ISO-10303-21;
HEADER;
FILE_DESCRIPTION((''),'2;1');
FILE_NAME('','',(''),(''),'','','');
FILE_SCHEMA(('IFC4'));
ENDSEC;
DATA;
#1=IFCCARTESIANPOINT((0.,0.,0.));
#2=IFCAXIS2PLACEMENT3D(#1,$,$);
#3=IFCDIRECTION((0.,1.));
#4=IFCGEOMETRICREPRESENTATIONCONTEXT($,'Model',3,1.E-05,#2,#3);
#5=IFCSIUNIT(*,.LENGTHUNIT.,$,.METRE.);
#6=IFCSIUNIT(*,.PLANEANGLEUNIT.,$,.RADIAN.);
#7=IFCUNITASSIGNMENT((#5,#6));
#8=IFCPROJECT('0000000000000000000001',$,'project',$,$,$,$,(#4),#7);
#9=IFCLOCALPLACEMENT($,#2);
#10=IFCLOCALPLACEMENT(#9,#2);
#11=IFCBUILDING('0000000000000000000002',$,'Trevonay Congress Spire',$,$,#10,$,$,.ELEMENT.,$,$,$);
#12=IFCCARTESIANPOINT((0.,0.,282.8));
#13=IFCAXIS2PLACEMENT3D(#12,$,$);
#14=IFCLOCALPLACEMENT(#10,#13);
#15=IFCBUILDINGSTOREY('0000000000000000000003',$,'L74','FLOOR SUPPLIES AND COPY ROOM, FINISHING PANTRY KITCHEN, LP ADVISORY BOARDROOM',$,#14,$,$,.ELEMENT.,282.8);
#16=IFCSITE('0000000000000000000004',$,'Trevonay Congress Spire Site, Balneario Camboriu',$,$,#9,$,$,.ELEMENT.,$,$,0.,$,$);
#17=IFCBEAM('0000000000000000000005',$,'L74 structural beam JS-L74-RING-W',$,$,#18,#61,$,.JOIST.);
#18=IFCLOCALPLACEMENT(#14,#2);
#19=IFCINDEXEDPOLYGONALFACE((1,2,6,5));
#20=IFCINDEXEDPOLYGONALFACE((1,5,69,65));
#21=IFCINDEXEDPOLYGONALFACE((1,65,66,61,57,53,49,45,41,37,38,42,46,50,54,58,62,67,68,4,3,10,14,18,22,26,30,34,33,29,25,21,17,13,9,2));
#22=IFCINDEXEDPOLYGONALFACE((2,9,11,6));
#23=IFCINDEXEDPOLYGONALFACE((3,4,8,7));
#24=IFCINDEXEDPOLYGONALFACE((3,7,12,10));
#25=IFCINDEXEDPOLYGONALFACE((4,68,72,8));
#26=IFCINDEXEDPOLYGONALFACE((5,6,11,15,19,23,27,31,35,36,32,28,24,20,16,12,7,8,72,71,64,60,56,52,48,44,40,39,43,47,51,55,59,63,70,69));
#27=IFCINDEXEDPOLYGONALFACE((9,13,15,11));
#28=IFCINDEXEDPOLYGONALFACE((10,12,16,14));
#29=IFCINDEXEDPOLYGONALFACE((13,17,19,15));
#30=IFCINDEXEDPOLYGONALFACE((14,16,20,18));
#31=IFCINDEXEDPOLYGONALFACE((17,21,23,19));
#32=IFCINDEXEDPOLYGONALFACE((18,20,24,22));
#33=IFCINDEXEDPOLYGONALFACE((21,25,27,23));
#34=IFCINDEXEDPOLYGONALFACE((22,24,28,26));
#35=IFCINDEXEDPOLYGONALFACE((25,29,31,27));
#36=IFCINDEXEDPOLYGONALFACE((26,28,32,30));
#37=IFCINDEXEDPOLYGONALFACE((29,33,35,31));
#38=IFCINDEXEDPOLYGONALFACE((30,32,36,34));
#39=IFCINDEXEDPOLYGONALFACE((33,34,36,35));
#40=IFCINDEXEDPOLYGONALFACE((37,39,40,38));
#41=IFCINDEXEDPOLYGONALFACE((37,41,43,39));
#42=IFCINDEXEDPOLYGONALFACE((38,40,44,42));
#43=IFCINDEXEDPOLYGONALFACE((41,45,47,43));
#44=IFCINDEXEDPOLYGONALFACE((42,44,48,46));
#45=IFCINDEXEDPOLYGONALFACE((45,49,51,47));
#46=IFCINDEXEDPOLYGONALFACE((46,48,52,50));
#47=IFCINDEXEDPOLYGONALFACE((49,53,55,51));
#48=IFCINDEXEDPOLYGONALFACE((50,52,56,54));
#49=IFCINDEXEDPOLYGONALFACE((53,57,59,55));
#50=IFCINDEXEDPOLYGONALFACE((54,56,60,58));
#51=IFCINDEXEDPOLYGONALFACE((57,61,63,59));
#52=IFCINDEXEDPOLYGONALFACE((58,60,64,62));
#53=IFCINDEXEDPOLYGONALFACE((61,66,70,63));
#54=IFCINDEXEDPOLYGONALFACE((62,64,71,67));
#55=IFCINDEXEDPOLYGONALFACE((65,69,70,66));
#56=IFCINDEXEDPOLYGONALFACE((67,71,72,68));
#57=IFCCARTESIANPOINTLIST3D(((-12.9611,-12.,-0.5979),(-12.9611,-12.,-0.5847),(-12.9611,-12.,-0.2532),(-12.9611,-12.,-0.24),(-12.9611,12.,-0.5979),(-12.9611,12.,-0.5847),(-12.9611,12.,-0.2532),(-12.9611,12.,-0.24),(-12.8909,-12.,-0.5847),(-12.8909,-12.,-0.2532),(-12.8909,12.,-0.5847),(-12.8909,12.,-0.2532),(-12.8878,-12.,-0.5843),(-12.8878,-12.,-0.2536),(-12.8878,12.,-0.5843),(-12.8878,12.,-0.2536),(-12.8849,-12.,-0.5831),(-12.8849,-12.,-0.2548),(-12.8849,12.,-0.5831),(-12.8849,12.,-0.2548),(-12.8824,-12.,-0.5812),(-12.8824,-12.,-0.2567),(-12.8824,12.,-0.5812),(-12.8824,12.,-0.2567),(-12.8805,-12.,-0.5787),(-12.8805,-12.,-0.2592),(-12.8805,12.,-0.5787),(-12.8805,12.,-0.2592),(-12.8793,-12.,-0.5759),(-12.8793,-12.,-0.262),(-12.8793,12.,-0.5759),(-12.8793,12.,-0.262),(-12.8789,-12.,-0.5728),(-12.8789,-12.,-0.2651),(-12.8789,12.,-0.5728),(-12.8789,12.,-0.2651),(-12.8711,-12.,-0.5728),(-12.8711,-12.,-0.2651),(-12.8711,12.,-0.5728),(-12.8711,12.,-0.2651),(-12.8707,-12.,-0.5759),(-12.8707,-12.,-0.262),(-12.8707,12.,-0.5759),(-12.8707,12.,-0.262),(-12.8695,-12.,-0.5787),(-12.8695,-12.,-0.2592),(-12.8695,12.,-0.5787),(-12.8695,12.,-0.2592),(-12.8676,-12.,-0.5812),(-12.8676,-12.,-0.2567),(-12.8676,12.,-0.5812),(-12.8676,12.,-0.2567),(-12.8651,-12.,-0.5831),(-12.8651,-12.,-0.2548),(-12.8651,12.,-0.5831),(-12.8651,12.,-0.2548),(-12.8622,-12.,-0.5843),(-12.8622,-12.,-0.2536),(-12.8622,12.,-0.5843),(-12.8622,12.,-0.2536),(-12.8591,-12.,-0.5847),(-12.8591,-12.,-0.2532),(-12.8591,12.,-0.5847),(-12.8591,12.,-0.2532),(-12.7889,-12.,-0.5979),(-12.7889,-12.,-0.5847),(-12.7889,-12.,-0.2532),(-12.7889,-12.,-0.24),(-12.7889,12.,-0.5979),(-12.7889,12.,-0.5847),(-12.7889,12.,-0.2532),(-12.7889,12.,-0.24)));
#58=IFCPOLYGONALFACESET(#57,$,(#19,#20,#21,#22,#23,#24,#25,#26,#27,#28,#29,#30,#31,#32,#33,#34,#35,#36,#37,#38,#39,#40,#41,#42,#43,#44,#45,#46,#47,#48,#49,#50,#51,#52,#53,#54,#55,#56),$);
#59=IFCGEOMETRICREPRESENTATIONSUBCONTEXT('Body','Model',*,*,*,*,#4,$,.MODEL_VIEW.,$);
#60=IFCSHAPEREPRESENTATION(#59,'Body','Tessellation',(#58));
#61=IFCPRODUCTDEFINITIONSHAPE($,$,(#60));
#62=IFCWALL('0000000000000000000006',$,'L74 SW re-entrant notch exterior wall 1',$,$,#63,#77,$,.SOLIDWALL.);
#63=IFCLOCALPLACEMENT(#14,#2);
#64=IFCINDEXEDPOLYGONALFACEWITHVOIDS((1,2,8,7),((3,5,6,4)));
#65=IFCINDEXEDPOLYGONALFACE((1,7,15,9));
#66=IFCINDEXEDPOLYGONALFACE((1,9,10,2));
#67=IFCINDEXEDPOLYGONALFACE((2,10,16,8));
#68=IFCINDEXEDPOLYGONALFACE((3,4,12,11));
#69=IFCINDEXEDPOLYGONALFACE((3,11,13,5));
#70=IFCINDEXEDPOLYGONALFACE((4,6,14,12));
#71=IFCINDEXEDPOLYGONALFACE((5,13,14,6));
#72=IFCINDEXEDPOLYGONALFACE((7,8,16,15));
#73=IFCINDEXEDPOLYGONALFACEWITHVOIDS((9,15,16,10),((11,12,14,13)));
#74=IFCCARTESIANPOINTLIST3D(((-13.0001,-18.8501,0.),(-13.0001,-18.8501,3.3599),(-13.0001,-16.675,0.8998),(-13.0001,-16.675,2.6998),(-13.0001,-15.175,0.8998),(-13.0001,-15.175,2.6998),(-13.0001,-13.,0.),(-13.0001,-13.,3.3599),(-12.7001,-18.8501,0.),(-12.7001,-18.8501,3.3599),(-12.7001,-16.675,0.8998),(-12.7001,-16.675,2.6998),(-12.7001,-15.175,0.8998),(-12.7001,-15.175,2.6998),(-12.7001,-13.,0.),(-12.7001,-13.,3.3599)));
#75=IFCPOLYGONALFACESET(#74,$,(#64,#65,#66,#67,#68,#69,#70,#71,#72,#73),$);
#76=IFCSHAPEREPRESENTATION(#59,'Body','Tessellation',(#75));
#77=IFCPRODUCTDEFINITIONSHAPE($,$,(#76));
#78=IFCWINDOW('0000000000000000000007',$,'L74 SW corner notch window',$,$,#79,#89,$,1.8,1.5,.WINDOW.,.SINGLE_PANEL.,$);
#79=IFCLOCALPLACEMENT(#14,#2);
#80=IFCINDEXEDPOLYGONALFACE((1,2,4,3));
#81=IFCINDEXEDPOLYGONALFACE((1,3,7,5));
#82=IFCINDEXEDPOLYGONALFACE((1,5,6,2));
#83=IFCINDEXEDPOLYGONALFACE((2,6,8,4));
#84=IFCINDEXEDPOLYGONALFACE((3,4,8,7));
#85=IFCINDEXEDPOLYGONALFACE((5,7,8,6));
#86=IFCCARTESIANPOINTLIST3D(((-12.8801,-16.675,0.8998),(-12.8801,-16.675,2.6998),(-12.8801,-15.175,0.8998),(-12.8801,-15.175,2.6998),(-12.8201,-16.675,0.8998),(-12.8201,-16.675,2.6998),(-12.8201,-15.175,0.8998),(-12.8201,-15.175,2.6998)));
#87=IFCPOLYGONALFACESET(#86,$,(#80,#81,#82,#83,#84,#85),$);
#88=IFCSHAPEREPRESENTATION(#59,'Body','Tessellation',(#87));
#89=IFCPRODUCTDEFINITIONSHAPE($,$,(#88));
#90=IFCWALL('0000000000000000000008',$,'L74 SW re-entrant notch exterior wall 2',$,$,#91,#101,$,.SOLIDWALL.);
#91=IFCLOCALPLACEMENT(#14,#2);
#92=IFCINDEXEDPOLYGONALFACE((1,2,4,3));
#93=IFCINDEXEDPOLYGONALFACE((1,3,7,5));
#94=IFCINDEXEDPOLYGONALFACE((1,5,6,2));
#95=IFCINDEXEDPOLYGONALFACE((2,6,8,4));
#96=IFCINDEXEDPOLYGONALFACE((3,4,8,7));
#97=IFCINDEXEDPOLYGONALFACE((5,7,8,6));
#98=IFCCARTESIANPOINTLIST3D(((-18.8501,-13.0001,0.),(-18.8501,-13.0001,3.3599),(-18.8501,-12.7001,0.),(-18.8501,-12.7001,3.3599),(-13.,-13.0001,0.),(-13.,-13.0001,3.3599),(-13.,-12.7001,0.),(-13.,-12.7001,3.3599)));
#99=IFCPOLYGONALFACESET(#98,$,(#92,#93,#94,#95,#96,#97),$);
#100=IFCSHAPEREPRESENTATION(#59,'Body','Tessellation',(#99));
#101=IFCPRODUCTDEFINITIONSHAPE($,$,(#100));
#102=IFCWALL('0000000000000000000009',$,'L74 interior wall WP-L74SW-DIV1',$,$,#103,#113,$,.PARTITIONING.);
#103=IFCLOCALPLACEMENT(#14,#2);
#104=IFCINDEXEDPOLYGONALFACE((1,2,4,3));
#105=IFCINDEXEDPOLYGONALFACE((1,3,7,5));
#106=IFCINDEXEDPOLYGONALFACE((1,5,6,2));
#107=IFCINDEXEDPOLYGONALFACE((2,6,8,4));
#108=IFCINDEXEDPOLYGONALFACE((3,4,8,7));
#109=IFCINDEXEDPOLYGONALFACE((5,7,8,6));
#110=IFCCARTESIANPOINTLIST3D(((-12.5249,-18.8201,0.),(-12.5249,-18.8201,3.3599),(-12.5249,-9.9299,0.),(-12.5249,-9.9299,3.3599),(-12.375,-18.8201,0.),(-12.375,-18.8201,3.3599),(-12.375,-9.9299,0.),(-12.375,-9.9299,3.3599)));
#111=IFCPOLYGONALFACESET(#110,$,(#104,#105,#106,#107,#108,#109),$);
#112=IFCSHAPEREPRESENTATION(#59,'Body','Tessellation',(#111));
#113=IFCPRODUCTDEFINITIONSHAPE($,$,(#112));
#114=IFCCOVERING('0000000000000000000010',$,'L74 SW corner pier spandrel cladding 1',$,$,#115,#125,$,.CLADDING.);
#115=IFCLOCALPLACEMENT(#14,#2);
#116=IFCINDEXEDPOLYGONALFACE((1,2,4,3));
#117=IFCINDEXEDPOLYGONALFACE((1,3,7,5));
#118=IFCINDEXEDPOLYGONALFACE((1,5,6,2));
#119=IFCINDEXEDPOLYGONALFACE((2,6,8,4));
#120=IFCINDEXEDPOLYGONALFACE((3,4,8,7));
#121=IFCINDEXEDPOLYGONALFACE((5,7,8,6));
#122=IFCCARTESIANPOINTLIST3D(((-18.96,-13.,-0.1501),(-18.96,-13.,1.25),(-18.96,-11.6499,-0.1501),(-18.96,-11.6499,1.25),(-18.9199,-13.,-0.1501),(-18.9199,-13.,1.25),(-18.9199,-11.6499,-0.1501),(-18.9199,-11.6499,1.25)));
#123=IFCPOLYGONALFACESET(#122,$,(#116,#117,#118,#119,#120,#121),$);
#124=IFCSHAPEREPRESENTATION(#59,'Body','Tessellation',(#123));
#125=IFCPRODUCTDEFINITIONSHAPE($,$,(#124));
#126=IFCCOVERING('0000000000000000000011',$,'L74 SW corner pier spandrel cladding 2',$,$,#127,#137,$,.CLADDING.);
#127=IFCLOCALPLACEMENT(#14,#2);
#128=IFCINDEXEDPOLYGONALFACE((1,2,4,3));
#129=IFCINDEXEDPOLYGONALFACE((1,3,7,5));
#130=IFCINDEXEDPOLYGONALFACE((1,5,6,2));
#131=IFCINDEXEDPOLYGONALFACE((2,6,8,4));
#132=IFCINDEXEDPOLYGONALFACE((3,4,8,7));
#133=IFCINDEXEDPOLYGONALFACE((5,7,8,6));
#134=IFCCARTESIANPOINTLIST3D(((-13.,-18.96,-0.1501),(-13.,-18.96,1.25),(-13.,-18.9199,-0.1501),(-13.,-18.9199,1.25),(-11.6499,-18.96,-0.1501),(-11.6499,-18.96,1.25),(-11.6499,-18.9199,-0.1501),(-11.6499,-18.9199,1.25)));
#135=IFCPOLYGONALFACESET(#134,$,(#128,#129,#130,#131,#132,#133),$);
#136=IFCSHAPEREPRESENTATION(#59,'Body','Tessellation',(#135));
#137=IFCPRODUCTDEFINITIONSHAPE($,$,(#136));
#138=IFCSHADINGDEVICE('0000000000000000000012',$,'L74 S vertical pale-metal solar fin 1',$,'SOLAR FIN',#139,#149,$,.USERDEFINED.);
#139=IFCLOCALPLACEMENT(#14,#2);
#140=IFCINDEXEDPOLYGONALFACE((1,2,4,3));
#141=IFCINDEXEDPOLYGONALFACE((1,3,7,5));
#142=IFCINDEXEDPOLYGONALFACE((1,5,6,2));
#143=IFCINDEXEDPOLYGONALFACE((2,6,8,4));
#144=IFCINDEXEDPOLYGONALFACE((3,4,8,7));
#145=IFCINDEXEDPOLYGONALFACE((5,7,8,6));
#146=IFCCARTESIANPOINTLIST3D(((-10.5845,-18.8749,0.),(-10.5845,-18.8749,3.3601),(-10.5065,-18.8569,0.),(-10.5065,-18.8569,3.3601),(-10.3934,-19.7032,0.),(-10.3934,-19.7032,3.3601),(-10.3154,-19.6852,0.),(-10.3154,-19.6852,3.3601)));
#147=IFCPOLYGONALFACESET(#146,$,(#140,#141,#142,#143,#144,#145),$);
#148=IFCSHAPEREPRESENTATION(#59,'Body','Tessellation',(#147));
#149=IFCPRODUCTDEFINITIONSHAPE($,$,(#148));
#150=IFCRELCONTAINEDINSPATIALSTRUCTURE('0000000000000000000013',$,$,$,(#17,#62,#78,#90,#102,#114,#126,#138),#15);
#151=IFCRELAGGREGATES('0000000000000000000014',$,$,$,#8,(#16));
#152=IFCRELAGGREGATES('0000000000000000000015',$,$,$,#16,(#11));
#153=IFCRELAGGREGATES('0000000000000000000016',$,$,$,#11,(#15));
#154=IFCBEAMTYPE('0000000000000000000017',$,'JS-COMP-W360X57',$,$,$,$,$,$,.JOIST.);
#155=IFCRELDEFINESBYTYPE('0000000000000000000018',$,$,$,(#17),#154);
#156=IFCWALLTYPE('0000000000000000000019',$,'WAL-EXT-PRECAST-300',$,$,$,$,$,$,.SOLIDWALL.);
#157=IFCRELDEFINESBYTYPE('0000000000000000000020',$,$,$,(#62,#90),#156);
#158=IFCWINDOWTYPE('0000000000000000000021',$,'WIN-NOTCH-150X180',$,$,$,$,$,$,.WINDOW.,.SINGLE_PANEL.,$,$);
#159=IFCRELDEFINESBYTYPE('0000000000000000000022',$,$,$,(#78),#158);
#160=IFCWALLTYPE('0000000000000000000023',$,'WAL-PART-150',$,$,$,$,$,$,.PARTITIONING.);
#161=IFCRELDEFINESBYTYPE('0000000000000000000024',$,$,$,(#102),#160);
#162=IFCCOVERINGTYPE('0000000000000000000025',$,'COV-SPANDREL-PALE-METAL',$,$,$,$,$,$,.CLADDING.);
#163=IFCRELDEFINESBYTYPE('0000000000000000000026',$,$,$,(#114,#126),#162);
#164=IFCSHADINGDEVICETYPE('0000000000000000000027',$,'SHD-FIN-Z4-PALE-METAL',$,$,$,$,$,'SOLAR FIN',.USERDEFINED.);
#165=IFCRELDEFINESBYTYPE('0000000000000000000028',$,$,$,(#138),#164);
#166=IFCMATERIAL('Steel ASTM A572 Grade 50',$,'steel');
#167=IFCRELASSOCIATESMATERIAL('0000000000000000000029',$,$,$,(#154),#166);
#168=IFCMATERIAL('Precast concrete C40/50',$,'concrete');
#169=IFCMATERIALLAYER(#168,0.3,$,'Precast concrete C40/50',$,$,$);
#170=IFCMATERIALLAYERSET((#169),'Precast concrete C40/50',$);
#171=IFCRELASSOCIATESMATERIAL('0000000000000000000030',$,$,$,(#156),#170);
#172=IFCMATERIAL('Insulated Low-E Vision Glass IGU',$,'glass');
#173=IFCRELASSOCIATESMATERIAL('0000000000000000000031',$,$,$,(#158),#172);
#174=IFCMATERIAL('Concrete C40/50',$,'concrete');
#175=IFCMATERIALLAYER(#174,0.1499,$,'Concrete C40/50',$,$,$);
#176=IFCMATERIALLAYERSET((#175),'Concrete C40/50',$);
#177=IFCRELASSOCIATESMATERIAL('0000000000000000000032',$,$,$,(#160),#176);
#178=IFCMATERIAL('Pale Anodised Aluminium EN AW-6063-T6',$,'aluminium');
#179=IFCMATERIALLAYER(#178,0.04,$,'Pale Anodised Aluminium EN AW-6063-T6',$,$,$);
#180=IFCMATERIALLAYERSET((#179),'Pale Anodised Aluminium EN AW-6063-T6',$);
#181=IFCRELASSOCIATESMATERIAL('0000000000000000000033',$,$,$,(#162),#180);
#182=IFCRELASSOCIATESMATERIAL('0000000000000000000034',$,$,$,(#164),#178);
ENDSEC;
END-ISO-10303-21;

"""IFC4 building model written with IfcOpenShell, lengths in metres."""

from ifc_helpers import new_model, si_unit, direction, frame, frame_2d, origin, origin_2d, place, context, subcontext, project, spatial, rectangle, i_section, extrude, material, layer, layer_set, material_profile, profile_set, type_object, element, fill, save


model = new_model("IFC4")

# Units and contexts
model_context = context("Model", 3, precision=1e-05, world=origin(), true_north=direction((0.0, 1.0)))
body_context = subcontext(model_context, "Body", "Model", "MODEL_VIEW")
ifc_project = project(units=[si_unit("LENGTHUNIT", "METRE"), si_unit("PLANEANGLEUNIT", "RADIAN")], contexts=[model_context])

# Site, building, storey
site_placement = place(None, origin())
site = spatial("IfcSite", under=ifc_project, at=site_placement, Name="Trevonay Congress Spire Site, Balneario Camboriu", CompositionType="ELEMENT", RefElevation=0.0)
building_placement = place(site_placement, origin())
building = spatial("IfcBuilding", under=site, at=building_placement, Name="Trevonay Congress Spire", CompositionType="ELEMENT")
storey_placement = place(building_placement, frame((0.0, 0.0, 282.8)))
storey = spatial("IfcBuildingStorey", under=building, at=storey_placement, Name="L74", Description="FLOOR SUPPLIES AND COPY ROOM, FINISHING PANTRY KITCHEN, LP ADVISORY BOARDROOM", CompositionType="ELEMENT", Elevation=282.8)

# Shared definitions
ifc_material_1 = material(Name="Steel ASTM A572 Grade 50", Category="steel")

# Shared definitions
ifc_material_2 = material(Name="Pale Anodised Aluminium EN AW-6063-T6", Category="aluminium")

# Beam
ifc_material_profile_1 = material_profile(ifc_material_1, i_section(OverallWidth=0.1721, OverallDepth=0.3579, WebThickness=0.0078, FlangeThickness=0.0132, FilletRadius=0.012, at=origin_2d()), Name="W360x57.8")
ifc_profile_set_1 = profile_set([ifc_material_profile_1], Name="Steel ASTM A572 Grade 50")
beam_type_1 = type_object("IfcBeamType", Name="JS-COMP-W360X57", PredefinedType="JOIST", material=ifc_profile_set_1)
for number, where, z_axis, x_axis, name in (
    (1, (-12.875, -12.0, -0.4189), (0.0, 1.0, 0.0), (-1.0, 0.0, 0.0), "L74 structural beam JS-L74-RING-W"),
):
    element("IfcBeam", number, at=place(storey_placement, frame(where, z_axis=z_axis, x_axis=x_axis)), inside=storey, type_object=beam_type_1, Name=name, PredefinedType="JOIST", context=body_context, shape_type="SweptSolid", body=[
        extrude(i_section(OverallWidth=0.1721, OverallDepth=0.3579, WebThickness=0.0078, FlangeThickness=0.0132, FilletRadius=0.012, at=origin_2d()), origin(), (0.0, 0.0, 1.0), 24.0),
    ])

# Wall, opening, window
ifc_material_3 = material(Name="Precast concrete C40/50", Category="concrete")
ifc_layer_1 = layer(ifc_material_3, 0.3, Name="Precast concrete C40/50")
ifc_layer_set_1 = layer_set([ifc_layer_1], Name="Precast concrete C40/50")
wall_type_1 = type_object("IfcWallType", Name="WAL-EXT-PRECAST-300", PredefinedType="SOLIDWALL", material=ifc_layer_set_1)
wall_1_placement = place(storey_placement, frame((-12.8501, -18.8501, 0.0), z_axis=(0.0, 0.0, 1.0), x_axis=(0.0, 1.0, 0.0)))
wall_1 = element("IfcWall", 2, at=wall_1_placement, inside=storey, type_object=wall_type_1, Name="L74 SW re-entrant notch exterior wall 1", PredefinedType="SOLIDWALL", context=body_context, shape_type="SweptSolid", body=[
    extrude(rectangle(XDim=5.8501, YDim=0.3, at=frame_2d((2.925, 0.0))), origin(), (0.0, 0.0, 1.0), 3.3599),
])
opening_placement = place(wall_1_placement, frame((2.175, 0.0, 0.8999)))
opening = element("IfcOpeningElement", 3, at=opening_placement, cuts=wall_1, PredefinedType="OPENING", context=body_context, shape_type="SweptSolid", body=[
    extrude(rectangle(XDim=1.5, YDim=1.8, at=frame_2d((0.75, 0.8999))), frame((0.0, 0.1602, 0.0), z_axis=(0.0, -1.0, 0.0), x_axis=(1.0, 0.0, 0.0)), (0.0, 0.0, 1.0), 0.3201),
])
ifc_material_4 = material(Name="Insulated Low-E Vision Glass IGU", Category="glass")
window_type = type_object("IfcWindowType", Name="WIN-NOTCH-150X180", PartitioningType="SINGLE_PANEL", PredefinedType="WINDOW", material=ifc_material_4)
window_placement = place(opening_placement, origin())
window = element("IfcWindow", 4, at=window_placement, inside=storey, type_object=window_type, Name="L74 SW corner notch window", OverallHeight=1.8, OverallWidth=1.5, PartitioningType="SINGLE_PANEL", PredefinedType="WINDOW", context=body_context, shape_type="SweptSolid", body=[
    extrude(rectangle(XDim=1.5, YDim=1.8, at=frame_2d((0.75, 0.8999))), frame((0.0, 0.03, 0.0), z_axis=(0.0, -1.0, 0.0), x_axis=(1.0, 0.0, 0.0)), (0.0, 0.0, 1.0), 0.0601),
])
fill(opening, window)

# Walls
wall_2_placement = place(storey_placement, frame((-18.8501, -12.8501, 0.0), z_axis=(0.0, 0.0, 1.0), x_axis=(1.0, 0.0, 0.0)))
element("IfcWall", 5, at=wall_2_placement, inside=storey, type_object=wall_type_1, Name="L74 SW re-entrant notch exterior wall 2", PredefinedType="SOLIDWALL", context=body_context, shape_type="SweptSolid", body=[
    extrude(rectangle(XDim=5.8501, YDim=0.3, at=frame_2d((2.925, 0.0))), origin(), (0.0, 0.0, 1.0), 3.3599),
])
ifc_material_5 = material(Name="Concrete C40/50", Category="concrete")
ifc_layer_2 = layer(ifc_material_5, 0.1499, Name="Concrete C40/50")
ifc_layer_set_2 = layer_set([ifc_layer_2], Name="Concrete C40/50")
wall_type_2 = type_object("IfcWallType", Name="WAL-PART-150", PredefinedType="PARTITIONING", material=ifc_layer_set_2)
wall_3_placement = place(storey_placement, frame((-12.45, -18.8201, 0.0), z_axis=(0.0, 0.0, 1.0), x_axis=(0.0, 1.0, 0.0)))
element("IfcWall", 6, at=wall_3_placement, inside=storey, type_object=wall_type_2, Name="L74 interior wall WP-L74SW-DIV1", PredefinedType="PARTITIONING", context=body_context, shape_type="SweptSolid", body=[
    extrude(rectangle(XDim=8.8901, YDim=0.1499, at=frame_2d((4.4451, 0.0))), origin(), (0.0, 0.0, 1.0), 3.3599),
])

# Coverings
ifc_layer_3 = layer(ifc_material_2, 0.04, Name="Pale Anodised Aluminium EN AW-6063-T6")
ifc_layer_set_3 = layer_set([ifc_layer_3], Name="Pale Anodised Aluminium EN AW-6063-T6")
covering_type = type_object("IfcCoveringType", Name="COV-SPANDREL-PALE-METAL", PredefinedType="CLADDING", material=ifc_layer_set_3)
for number, where, z_axis, x_axis, name in (
    (7, (-18.9399, -11.6499, -0.1501), (0.0, 0.0, 1.0), (0.0, -1.0, 0.0), "L74 SW corner pier spandrel cladding 1"),
    (8, (-11.6499, -18.9399, -0.1501), (0.0, 0.0, 1.0), (-1.0, 0.0, 0.0), "L74 SW corner pier spandrel cladding 2"),
):
    element("IfcCovering", number, at=place(storey_placement, frame(where, z_axis=z_axis, x_axis=x_axis)), inside=storey, type_object=covering_type, Name=name, PredefinedType="CLADDING", context=body_context, shape_type="SweptSolid", body=[
        extrude(rectangle(XDim=1.3501, YDim=0.04, at=frame_2d((0.675, 0.0))), origin(), (0.0, 0.0, 1.0), 1.4001),
    ])

# Shading device
shading_device_type = type_object("IfcShadingDeviceType", Name="SHD-FIN-Z4-PALE-METAL", ElementType="SOLAR FIN", PredefinedType="USERDEFINED", material=ifc_material_2)
shading_device_placement = place(storey_placement, frame((-10.45, -19.28, 0.0), z_axis=(0.0, 0.0, 1.0), x_axis=(0.974409, 0.224781, 0.0)))
element("IfcShadingDevice", 9, at=shading_device_placement, inside=storey, type_object=shading_device_type, Name="L74 S vertical pale-metal solar fin 1", ObjectType="SOLAR FIN", PredefinedType="USERDEFINED", context=body_context, shape_type="SweptSolid", body=[
    extrude(rectangle(XDim=0.0801, YDim=0.8501, at=origin_2d()), origin(), (0.0, 0.0, 1.0), 3.3601),
])

save(model, "model.ifc")
